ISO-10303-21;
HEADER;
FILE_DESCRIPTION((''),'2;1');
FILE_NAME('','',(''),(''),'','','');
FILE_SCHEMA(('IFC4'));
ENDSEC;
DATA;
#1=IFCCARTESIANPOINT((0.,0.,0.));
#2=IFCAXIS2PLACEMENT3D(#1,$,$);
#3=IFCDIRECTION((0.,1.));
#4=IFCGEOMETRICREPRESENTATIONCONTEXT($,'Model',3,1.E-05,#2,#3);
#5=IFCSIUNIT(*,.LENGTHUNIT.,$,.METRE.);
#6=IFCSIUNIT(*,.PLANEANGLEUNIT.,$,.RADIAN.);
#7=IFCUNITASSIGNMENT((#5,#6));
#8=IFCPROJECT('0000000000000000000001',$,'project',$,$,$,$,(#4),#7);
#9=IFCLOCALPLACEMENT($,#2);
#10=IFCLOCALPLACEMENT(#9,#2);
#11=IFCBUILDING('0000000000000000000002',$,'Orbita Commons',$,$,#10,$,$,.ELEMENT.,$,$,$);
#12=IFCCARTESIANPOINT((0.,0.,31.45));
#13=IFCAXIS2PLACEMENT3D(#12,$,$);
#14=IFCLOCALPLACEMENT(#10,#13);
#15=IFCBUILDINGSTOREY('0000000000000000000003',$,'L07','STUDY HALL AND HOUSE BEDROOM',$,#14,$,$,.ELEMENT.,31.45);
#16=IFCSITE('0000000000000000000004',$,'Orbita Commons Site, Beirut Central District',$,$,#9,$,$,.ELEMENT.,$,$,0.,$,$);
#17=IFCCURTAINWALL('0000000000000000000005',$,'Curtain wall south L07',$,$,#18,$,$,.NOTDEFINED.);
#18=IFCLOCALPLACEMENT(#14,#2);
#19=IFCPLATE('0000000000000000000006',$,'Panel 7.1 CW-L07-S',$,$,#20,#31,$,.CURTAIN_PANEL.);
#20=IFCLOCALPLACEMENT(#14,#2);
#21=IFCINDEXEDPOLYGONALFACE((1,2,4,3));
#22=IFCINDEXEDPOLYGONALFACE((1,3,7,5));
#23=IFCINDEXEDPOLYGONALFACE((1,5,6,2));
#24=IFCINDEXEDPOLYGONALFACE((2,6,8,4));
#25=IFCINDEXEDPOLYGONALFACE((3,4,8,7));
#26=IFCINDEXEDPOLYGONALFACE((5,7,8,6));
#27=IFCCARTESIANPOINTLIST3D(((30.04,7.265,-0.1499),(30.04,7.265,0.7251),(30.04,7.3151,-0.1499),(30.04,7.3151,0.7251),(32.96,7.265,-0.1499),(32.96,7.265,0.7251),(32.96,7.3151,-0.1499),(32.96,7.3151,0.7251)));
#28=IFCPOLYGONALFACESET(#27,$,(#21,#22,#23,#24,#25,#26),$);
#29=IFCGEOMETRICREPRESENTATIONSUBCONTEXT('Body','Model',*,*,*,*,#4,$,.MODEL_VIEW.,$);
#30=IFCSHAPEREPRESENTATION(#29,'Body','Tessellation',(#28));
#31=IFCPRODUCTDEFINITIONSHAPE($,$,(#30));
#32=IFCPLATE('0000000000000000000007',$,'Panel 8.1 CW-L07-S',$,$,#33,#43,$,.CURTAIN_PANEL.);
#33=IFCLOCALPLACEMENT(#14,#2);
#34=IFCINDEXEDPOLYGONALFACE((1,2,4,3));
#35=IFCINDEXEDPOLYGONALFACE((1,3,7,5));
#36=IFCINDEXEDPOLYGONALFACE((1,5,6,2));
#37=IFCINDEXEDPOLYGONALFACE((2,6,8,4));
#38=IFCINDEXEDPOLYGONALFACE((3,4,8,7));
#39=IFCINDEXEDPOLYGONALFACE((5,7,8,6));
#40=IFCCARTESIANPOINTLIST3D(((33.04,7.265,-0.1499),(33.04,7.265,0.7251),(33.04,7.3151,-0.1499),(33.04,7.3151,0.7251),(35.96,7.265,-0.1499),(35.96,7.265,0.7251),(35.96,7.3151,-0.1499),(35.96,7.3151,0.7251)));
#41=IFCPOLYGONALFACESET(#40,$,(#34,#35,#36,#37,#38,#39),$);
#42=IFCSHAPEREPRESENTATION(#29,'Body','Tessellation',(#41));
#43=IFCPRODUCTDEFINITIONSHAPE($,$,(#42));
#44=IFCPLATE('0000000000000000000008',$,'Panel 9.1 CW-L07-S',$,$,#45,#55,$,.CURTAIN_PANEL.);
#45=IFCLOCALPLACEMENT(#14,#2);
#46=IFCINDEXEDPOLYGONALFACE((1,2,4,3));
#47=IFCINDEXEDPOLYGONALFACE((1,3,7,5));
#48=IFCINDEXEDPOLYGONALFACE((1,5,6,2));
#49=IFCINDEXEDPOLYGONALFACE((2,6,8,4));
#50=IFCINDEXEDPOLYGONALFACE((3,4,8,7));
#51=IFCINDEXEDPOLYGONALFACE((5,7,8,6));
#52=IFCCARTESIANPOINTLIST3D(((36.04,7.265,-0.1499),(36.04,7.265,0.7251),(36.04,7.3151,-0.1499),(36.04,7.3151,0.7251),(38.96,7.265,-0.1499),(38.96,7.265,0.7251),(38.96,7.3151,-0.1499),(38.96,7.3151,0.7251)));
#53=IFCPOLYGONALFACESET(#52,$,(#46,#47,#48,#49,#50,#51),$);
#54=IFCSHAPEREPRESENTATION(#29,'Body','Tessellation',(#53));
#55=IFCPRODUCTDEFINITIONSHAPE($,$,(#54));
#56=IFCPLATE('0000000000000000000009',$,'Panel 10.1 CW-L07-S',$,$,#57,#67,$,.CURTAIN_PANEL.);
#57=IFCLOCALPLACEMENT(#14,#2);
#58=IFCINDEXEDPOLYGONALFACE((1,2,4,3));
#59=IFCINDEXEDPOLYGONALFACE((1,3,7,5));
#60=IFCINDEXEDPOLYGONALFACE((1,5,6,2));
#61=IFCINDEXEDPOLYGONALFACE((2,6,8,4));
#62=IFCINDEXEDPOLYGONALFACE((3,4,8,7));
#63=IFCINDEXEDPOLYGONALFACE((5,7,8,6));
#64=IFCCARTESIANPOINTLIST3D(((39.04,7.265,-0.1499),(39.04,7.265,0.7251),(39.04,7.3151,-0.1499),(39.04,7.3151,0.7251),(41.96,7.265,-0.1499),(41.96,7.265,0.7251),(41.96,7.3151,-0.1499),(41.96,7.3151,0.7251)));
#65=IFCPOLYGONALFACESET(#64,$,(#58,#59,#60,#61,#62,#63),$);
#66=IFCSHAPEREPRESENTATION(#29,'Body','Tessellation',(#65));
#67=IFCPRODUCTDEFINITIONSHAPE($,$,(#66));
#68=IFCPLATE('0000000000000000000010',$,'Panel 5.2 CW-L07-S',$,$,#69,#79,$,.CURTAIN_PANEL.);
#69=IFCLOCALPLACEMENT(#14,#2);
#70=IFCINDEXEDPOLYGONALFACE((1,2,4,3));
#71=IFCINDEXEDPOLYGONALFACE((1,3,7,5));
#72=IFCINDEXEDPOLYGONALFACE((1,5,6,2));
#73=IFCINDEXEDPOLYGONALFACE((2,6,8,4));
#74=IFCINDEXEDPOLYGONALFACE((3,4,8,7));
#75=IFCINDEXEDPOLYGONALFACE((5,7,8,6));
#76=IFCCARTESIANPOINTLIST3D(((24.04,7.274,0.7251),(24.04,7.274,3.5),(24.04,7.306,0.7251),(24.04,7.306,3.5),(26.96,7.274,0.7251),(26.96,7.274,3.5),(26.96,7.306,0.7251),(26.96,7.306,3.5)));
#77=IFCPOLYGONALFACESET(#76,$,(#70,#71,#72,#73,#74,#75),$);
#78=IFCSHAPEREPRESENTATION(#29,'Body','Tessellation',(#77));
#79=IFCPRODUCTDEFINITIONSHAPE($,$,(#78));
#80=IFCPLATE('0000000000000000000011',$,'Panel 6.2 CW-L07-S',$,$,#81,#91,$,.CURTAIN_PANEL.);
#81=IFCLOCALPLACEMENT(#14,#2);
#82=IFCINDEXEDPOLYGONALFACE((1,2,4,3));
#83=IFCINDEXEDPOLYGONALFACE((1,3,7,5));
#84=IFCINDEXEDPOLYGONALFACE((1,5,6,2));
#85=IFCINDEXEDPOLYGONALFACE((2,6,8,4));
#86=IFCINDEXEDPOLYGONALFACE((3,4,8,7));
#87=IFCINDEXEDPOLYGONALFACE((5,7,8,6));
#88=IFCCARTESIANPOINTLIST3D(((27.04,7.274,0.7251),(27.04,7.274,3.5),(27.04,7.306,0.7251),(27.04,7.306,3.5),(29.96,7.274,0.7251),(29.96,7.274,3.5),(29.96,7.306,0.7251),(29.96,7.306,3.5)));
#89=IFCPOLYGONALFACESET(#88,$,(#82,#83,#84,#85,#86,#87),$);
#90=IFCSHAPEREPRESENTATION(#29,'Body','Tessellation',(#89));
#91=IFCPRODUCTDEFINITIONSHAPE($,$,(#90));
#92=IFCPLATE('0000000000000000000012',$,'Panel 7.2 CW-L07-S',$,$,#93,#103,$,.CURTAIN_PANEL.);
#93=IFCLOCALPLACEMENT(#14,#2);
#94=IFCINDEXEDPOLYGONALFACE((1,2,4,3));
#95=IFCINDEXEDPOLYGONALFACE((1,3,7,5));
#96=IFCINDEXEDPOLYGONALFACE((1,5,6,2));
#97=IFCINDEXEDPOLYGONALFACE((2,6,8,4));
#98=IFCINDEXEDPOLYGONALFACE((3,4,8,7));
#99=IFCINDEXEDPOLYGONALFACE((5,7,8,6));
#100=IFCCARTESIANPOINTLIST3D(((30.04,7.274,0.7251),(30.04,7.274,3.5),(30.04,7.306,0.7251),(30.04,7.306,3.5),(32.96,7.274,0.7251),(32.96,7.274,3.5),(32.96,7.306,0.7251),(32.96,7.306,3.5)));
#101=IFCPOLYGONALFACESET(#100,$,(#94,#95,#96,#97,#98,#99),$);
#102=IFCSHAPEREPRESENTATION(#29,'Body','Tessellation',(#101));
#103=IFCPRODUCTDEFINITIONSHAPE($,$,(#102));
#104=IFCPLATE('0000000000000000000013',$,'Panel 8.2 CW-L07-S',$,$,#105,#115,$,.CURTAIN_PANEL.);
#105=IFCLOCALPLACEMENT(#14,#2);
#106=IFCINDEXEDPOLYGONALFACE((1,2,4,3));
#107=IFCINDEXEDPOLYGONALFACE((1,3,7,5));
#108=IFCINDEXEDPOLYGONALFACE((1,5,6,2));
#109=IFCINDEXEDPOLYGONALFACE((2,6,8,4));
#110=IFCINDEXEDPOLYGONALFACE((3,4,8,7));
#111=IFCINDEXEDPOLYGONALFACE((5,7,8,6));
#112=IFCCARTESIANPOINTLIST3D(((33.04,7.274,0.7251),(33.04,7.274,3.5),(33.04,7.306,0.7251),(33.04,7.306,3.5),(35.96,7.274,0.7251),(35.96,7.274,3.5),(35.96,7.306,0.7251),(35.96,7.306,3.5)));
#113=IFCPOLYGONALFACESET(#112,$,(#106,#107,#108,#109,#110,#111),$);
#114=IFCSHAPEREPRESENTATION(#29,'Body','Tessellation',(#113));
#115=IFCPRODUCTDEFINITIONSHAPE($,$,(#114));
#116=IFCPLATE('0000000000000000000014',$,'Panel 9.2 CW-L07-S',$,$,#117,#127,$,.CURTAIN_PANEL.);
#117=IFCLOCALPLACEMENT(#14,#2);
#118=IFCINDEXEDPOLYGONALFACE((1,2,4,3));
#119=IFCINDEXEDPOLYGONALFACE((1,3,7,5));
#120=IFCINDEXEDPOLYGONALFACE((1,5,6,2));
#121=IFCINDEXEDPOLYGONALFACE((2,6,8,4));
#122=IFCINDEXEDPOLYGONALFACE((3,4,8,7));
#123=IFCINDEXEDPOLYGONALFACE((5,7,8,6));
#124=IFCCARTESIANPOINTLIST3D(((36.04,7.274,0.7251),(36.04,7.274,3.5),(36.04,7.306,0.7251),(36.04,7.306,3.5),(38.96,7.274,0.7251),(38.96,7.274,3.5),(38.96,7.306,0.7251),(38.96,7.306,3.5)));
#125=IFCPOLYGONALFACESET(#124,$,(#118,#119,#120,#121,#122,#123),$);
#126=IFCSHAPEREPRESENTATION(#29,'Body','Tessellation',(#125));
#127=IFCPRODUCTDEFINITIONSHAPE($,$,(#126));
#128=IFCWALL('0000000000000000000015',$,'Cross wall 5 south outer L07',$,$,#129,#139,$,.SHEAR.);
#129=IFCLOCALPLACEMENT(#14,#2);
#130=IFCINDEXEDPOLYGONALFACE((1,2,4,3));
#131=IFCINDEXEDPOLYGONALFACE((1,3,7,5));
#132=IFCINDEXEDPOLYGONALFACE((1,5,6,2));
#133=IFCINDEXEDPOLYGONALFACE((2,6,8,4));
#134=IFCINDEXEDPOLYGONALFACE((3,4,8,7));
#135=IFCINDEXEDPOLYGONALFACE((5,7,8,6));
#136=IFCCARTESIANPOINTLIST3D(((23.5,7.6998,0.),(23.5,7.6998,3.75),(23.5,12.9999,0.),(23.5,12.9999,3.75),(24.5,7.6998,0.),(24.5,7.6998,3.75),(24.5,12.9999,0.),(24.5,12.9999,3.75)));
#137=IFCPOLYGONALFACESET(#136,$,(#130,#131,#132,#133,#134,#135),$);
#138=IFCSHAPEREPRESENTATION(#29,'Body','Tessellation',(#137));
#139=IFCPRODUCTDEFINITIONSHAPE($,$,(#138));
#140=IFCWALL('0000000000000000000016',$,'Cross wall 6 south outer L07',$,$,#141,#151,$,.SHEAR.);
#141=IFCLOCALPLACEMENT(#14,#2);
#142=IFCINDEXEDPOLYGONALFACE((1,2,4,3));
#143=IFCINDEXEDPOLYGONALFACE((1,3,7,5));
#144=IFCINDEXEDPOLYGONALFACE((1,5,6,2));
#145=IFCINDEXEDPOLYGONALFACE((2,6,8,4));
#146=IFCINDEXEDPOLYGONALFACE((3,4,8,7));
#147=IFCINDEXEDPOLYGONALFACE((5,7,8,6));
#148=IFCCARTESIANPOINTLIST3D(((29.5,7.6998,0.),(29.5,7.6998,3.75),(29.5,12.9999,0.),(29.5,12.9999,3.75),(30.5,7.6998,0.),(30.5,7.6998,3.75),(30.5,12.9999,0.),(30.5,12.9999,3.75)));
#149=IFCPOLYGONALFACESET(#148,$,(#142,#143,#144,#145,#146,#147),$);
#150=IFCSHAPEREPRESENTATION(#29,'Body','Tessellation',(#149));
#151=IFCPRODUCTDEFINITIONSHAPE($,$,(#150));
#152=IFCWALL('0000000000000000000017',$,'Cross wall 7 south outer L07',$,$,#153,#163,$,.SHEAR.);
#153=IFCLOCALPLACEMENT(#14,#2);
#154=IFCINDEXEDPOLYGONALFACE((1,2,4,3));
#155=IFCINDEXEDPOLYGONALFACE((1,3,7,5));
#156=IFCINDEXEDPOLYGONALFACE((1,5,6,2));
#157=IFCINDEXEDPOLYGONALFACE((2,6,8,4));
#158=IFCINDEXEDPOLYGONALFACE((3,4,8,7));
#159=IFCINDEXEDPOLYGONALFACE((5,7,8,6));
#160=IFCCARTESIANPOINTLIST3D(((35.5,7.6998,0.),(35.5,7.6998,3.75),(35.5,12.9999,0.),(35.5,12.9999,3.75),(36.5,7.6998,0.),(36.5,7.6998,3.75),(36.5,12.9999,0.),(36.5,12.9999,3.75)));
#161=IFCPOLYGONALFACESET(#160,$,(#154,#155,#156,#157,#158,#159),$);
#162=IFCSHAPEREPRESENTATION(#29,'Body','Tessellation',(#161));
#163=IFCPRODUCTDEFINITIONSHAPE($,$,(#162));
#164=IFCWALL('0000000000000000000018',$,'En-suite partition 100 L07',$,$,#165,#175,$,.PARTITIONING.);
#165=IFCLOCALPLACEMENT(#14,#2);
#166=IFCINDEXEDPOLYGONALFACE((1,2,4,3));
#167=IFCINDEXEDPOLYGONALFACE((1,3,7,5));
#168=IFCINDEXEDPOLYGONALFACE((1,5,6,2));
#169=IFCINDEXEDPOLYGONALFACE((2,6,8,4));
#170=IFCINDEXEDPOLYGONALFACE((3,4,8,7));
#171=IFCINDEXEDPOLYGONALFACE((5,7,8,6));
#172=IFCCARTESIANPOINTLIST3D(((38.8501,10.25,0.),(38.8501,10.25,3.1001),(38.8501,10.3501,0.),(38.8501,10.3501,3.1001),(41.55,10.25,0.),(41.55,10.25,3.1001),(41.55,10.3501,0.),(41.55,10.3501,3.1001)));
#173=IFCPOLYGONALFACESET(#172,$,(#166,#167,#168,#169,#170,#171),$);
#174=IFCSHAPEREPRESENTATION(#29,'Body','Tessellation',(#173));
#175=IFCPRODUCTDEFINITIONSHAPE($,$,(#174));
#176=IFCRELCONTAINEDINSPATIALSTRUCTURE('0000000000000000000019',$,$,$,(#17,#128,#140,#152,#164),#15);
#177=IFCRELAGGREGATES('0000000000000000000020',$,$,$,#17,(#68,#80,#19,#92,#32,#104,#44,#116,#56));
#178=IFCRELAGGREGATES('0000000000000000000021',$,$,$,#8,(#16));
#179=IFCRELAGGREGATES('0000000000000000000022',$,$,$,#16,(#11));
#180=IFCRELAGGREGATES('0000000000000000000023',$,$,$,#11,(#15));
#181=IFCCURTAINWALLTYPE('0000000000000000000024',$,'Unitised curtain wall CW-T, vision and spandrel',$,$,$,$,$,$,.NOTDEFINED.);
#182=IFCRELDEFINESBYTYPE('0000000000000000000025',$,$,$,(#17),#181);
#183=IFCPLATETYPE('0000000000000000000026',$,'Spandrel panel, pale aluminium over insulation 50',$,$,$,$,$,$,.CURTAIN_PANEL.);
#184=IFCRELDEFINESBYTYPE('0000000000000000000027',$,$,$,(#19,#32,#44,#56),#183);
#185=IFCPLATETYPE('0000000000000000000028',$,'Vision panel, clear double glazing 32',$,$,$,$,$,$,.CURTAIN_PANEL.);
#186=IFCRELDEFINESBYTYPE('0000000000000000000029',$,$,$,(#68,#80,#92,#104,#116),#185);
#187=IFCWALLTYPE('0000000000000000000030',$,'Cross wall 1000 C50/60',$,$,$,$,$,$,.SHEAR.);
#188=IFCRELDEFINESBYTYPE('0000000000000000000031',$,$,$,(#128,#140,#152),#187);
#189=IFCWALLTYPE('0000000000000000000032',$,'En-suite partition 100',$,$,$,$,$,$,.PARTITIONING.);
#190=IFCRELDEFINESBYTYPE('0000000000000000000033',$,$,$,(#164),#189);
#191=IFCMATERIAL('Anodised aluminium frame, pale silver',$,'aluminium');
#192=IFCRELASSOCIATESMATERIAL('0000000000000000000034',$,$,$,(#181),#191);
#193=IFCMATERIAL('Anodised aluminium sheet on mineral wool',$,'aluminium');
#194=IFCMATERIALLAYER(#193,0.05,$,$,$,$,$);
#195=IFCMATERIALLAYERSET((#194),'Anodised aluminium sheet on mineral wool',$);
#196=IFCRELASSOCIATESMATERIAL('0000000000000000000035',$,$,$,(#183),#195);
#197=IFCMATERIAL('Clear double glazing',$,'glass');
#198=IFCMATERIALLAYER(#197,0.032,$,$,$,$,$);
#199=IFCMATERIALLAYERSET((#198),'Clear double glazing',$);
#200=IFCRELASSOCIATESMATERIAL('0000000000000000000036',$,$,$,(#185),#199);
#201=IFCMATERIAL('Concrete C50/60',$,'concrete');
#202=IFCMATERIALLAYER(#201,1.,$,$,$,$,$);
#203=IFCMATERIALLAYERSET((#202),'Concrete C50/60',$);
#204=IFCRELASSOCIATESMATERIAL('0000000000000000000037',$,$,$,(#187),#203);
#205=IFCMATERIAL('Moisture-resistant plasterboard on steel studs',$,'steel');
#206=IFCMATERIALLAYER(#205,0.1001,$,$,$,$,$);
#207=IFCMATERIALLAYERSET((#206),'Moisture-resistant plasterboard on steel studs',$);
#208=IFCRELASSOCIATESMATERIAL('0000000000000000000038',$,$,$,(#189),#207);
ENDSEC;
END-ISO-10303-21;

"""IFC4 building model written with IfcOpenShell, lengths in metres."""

from ifc_helpers import new_model, si_unit, direction, frame, frame_2d, origin, origin_2d, place, context, subcontext, project, spatial, polyline, rectangle, outline, extrude, material, layer, layer_set, type_object, element, aggregate, save


model = new_model("IFC4")

# Units and contexts
model_context = context("Model", 3, precision=1e-05, world=origin(), true_north=direction((0.0, 1.0)))
body_context = subcontext(model_context, "Body", "Model", "MODEL_VIEW")
ifc_project = project(units=[si_unit("LENGTHUNIT", "METRE"), si_unit("PLANEANGLEUNIT", "RADIAN")], contexts=[model_context])

# Site, building, storey
site_placement = place(None, origin())
site = spatial("IfcSite", under=ifc_project, at=site_placement, Name="Orbita Commons Site, Beirut Central District", CompositionType="ELEMENT", RefElevation=0.0)
building_placement = place(site_placement, origin())
building = spatial("IfcBuilding", under=site, at=building_placement, Name="Orbita Commons", CompositionType="ELEMENT")
storey_placement = place(building_placement, frame((0.0, 0.0, 31.45)))
storey = spatial("IfcBuildingStorey", under=building, at=storey_placement, Name="L07", Description="STUDY HALL AND HOUSE BEDROOM", CompositionType="ELEMENT", Elevation=31.45)

# Curtain wall, plates
ifc_material_1 = material(Name="Anodised aluminium frame, pale silver", Category="aluminium")
curtain_wall_type = type_object("IfcCurtainWallType", Name="Unitised curtain wall CW-T, vision and spandrel", PredefinedType="NOTDEFINED", material=ifc_material_1)
curtain_wall_placement = place(storey_placement, origin())
curtain_wall = element("IfcCurtainWall", 1, at=curtain_wall_placement, inside=storey, type_object=curtain_wall_type, Name="Curtain wall south L07", PredefinedType="NOTDEFINED")
ifc_material_2 = material(Name="Anodised aluminium sheet on mineral wool", Category="aluminium")
ifc_layer_1 = layer(ifc_material_2, 0.05)
ifc_layer_set_1 = layer_set([ifc_layer_1], Name="Anodised aluminium sheet on mineral wool")
plate_type_1 = type_object("IfcPlateType", Name="Spandrel panel, pale aluminium over insulation 50", PredefinedType="CURTAIN_PANEL", material=ifc_layer_set_1)
plate_1_placement = place(storey_placement, frame((31.5, 7.29, -0.1499), z_axis=(0.0, 0.0, 1.0), x_axis=(1.0, 0.0, 0.0)))
plate_1 = element("IfcPlate", 2, at=plate_1_placement, type_object=plate_type_1, Name="Panel 7.1 CW-L07-S", PredefinedType="CURTAIN_PANEL", context=body_context, shape_type="SweptSolid", body=[
    extrude(rectangle(XDim=2.9199, YDim=0.05, at=origin_2d()), origin(), (0.0, 0.0, 1.0), 0.875),
])
plate_2_placement = place(storey_placement, frame((34.5, 7.29, -0.1499), z_axis=(0.0, 0.0, 1.0), x_axis=(1.0, 0.0, 0.0)))
plate_2 = element("IfcPlate", 3, at=plate_2_placement, type_object=plate_type_1, Name="Panel 8.1 CW-L07-S", PredefinedType="CURTAIN_PANEL", context=body_context, shape_type="SweptSolid", body=[
    extrude(rectangle(XDim=2.9199, YDim=0.05, at=origin_2d()), origin(), (0.0, 0.0, 1.0), 0.875),
])
plate_3_placement = place(storey_placement, frame((37.5, 7.29, -0.1499), z_axis=(0.0, 0.0, 1.0), x_axis=(1.0, 0.0, 0.0)))
plate_3 = element("IfcPlate", 4, at=plate_3_placement, type_object=plate_type_1, Name="Panel 9.1 CW-L07-S", PredefinedType="CURTAIN_PANEL", context=body_context, shape_type="SweptSolid", body=[
    extrude(rectangle(XDim=2.9199, YDim=0.05, at=origin_2d()), origin(), (0.0, 0.0, 1.0), 0.875),
])
plate_4_placement = place(storey_placement, frame((40.5, 7.29, -0.1499), z_axis=(0.0, 0.0, 1.0), x_axis=(1.0, 0.0, 0.0)))
plate_4 = element("IfcPlate", 5, at=plate_4_placement, type_object=plate_type_1, Name="Panel 10.1 CW-L07-S", PredefinedType="CURTAIN_PANEL", context=body_context, shape_type="SweptSolid", body=[
    extrude(rectangle(XDim=2.9199, YDim=0.05, at=origin_2d()), origin(), (0.0, 0.0, 1.0), 0.875),
])
ifc_material_3 = material(Name="Clear double glazing", Category="glass")
ifc_layer_2 = layer(ifc_material_3, 0.032)
ifc_layer_set_2 = layer_set([ifc_layer_2], Name="Clear double glazing")
plate_type_2 = type_object("IfcPlateType", Name="Vision panel, clear double glazing 32", PredefinedType="CURTAIN_PANEL", material=ifc_layer_set_2)
plate_5_placement = place(storey_placement, frame((25.5, 7.29, 0.7251), z_axis=(0.0, 0.0, 1.0), x_axis=(1.0, 0.0, 0.0)))
plate_5 = element("IfcPlate", 6, at=plate_5_placement, type_object=plate_type_2, Name="Panel 5.2 CW-L07-S", PredefinedType="CURTAIN_PANEL", context=body_context, shape_type="SweptSolid", body=[
    extrude(rectangle(XDim=2.9199, YDim=0.032, at=origin_2d()), origin(), (0.0, 0.0, 1.0), 2.7749),
])
plate_6_placement = place(storey_placement, frame((28.5, 7.29, 0.7251), z_axis=(0.0, 0.0, 1.0), x_axis=(1.0, 0.0, 0.0)))
plate_6 = element("IfcPlate", 7, at=plate_6_placement, type_object=plate_type_2, Name="Panel 6.2 CW-L07-S", PredefinedType="CURTAIN_PANEL", context=body_context, shape_type="SweptSolid", body=[
    extrude(rectangle(XDim=2.9199, YDim=0.032, at=origin_2d()), origin(), (0.0, 0.0, 1.0), 2.7749),
])
plate_7_placement = place(storey_placement, frame((31.5, 7.29, 0.7251), z_axis=(0.0, 0.0, 1.0), x_axis=(1.0, 0.0, 0.0)))
plate_7 = element("IfcPlate", 8, at=plate_7_placement, type_object=plate_type_2, Name="Panel 7.2 CW-L07-S", PredefinedType="CURTAIN_PANEL", context=body_context, shape_type="SweptSolid", body=[
    extrude(rectangle(XDim=2.9199, YDim=0.032, at=origin_2d()), origin(), (0.0, 0.0, 1.0), 2.7749),
])
plate_8_placement = place(storey_placement, frame((34.5, 7.29, 0.7251), z_axis=(0.0, 0.0, 1.0), x_axis=(1.0, 0.0, 0.0)))
plate_8 = element("IfcPlate", 9, at=plate_8_placement, type_object=plate_type_2, Name="Panel 8.2 CW-L07-S", PredefinedType="CURTAIN_PANEL", context=body_context, shape_type="SweptSolid", body=[
    extrude(rectangle(XDim=2.9199, YDim=0.032, at=origin_2d()), origin(), (0.0, 0.0, 1.0), 2.7749),
])
plate_9_placement = place(storey_placement, frame((37.5, 7.29, 0.7251), z_axis=(0.0, 0.0, 1.0), x_axis=(1.0, 0.0, 0.0)))
plate_9 = element("IfcPlate", 10, at=plate_9_placement, type_object=plate_type_2, Name="Panel 9.2 CW-L07-S", PredefinedType="CURTAIN_PANEL", context=body_context, shape_type="SweptSolid", body=[
    extrude(rectangle(XDim=2.9199, YDim=0.032, at=origin_2d()), origin(), (0.0, 0.0, 1.0), 2.7749),
])
aggregate(curtain_wall, [plate_5, plate_6, plate_1, plate_7, plate_2, plate_8, plate_3, plate_9, plate_4])

# Walls
ifc_material_4 = material(Name="Concrete C50/60", Category="concrete")
ifc_layer_3 = layer(ifc_material_4, 1.0)
ifc_layer_set_3 = layer_set([ifc_layer_3], Name="Concrete C50/60")
wall_type_1 = type_object("IfcWallType", Name="Cross wall 1000 C50/60", PredefinedType="SHEAR", material=ifc_layer_set_3)
for number, where, z_axis, x_axis, name in (
    (11, (24.0, 7.7, 0.0), (0.0, 0.0, 1.0), (0.0, 1.0, 0.0), "Cross wall 5 south outer L07"),
    (12, (30.0, 7.7, 0.0), (0.0, 0.0, 1.0), (0.0, 1.0, 0.0), "Cross wall 6 south outer L07"),
    (13, (36.0, 7.7, 0.0), (0.0, 0.0, 1.0), (0.0, 1.0, 0.0), "Cross wall 7 south outer L07"),
):
    element("IfcWall", number, at=place(storey_placement, frame(where, z_axis=z_axis, x_axis=x_axis)), inside=storey, type_object=wall_type_1, Name=name, PredefinedType="SHEAR", context=body_context, shape_type="SweptSolid", body=[
        extrude(rectangle(XDim=5.3, YDim=1.0, at=frame_2d((2.6499, 0.0))), origin(), (0.0, 0.0, 1.0), 3.75),
    ])
ifc_material_5 = material(Name="Moisture-resistant plasterboard on steel studs", Category="steel")
ifc_layer_4 = layer(ifc_material_5, 0.1001)
ifc_layer_set_4 = layer_set([ifc_layer_4], Name="Moisture-resistant plasterboard on steel studs")
wall_type_2 = type_object("IfcWallType", Name="En-suite partition 100", PredefinedType="PARTITIONING", material=ifc_layer_set_4)
wall_1_placement = place(storey_placement, frame((38.8501, 10.3, 0.0), z_axis=(0.0, 0.0, 1.0), x_axis=(1.0, 0.0, 0.0)))
element("IfcWall", 14, at=wall_1_placement, inside=storey, type_object=wall_type_2, Name="En-suite partition 100 L07", PredefinedType="PARTITIONING", context=body_context, shape_type="SweptSolid", body=[
    extrude(outline(polyline([(0.0, 0.0), (2.7, 0.0), (2.7, 3.1001), (0.0, 3.1001), (0.0, 0.0)])), frame((0.0, 0.05, 0.0), z_axis=(0.0, -1.0, 0.0), x_axis=(1.0, 0.0, 0.0)), (0.0, 0.0, 1.0), 0.1001),
])

save(model, "model.ifc")
